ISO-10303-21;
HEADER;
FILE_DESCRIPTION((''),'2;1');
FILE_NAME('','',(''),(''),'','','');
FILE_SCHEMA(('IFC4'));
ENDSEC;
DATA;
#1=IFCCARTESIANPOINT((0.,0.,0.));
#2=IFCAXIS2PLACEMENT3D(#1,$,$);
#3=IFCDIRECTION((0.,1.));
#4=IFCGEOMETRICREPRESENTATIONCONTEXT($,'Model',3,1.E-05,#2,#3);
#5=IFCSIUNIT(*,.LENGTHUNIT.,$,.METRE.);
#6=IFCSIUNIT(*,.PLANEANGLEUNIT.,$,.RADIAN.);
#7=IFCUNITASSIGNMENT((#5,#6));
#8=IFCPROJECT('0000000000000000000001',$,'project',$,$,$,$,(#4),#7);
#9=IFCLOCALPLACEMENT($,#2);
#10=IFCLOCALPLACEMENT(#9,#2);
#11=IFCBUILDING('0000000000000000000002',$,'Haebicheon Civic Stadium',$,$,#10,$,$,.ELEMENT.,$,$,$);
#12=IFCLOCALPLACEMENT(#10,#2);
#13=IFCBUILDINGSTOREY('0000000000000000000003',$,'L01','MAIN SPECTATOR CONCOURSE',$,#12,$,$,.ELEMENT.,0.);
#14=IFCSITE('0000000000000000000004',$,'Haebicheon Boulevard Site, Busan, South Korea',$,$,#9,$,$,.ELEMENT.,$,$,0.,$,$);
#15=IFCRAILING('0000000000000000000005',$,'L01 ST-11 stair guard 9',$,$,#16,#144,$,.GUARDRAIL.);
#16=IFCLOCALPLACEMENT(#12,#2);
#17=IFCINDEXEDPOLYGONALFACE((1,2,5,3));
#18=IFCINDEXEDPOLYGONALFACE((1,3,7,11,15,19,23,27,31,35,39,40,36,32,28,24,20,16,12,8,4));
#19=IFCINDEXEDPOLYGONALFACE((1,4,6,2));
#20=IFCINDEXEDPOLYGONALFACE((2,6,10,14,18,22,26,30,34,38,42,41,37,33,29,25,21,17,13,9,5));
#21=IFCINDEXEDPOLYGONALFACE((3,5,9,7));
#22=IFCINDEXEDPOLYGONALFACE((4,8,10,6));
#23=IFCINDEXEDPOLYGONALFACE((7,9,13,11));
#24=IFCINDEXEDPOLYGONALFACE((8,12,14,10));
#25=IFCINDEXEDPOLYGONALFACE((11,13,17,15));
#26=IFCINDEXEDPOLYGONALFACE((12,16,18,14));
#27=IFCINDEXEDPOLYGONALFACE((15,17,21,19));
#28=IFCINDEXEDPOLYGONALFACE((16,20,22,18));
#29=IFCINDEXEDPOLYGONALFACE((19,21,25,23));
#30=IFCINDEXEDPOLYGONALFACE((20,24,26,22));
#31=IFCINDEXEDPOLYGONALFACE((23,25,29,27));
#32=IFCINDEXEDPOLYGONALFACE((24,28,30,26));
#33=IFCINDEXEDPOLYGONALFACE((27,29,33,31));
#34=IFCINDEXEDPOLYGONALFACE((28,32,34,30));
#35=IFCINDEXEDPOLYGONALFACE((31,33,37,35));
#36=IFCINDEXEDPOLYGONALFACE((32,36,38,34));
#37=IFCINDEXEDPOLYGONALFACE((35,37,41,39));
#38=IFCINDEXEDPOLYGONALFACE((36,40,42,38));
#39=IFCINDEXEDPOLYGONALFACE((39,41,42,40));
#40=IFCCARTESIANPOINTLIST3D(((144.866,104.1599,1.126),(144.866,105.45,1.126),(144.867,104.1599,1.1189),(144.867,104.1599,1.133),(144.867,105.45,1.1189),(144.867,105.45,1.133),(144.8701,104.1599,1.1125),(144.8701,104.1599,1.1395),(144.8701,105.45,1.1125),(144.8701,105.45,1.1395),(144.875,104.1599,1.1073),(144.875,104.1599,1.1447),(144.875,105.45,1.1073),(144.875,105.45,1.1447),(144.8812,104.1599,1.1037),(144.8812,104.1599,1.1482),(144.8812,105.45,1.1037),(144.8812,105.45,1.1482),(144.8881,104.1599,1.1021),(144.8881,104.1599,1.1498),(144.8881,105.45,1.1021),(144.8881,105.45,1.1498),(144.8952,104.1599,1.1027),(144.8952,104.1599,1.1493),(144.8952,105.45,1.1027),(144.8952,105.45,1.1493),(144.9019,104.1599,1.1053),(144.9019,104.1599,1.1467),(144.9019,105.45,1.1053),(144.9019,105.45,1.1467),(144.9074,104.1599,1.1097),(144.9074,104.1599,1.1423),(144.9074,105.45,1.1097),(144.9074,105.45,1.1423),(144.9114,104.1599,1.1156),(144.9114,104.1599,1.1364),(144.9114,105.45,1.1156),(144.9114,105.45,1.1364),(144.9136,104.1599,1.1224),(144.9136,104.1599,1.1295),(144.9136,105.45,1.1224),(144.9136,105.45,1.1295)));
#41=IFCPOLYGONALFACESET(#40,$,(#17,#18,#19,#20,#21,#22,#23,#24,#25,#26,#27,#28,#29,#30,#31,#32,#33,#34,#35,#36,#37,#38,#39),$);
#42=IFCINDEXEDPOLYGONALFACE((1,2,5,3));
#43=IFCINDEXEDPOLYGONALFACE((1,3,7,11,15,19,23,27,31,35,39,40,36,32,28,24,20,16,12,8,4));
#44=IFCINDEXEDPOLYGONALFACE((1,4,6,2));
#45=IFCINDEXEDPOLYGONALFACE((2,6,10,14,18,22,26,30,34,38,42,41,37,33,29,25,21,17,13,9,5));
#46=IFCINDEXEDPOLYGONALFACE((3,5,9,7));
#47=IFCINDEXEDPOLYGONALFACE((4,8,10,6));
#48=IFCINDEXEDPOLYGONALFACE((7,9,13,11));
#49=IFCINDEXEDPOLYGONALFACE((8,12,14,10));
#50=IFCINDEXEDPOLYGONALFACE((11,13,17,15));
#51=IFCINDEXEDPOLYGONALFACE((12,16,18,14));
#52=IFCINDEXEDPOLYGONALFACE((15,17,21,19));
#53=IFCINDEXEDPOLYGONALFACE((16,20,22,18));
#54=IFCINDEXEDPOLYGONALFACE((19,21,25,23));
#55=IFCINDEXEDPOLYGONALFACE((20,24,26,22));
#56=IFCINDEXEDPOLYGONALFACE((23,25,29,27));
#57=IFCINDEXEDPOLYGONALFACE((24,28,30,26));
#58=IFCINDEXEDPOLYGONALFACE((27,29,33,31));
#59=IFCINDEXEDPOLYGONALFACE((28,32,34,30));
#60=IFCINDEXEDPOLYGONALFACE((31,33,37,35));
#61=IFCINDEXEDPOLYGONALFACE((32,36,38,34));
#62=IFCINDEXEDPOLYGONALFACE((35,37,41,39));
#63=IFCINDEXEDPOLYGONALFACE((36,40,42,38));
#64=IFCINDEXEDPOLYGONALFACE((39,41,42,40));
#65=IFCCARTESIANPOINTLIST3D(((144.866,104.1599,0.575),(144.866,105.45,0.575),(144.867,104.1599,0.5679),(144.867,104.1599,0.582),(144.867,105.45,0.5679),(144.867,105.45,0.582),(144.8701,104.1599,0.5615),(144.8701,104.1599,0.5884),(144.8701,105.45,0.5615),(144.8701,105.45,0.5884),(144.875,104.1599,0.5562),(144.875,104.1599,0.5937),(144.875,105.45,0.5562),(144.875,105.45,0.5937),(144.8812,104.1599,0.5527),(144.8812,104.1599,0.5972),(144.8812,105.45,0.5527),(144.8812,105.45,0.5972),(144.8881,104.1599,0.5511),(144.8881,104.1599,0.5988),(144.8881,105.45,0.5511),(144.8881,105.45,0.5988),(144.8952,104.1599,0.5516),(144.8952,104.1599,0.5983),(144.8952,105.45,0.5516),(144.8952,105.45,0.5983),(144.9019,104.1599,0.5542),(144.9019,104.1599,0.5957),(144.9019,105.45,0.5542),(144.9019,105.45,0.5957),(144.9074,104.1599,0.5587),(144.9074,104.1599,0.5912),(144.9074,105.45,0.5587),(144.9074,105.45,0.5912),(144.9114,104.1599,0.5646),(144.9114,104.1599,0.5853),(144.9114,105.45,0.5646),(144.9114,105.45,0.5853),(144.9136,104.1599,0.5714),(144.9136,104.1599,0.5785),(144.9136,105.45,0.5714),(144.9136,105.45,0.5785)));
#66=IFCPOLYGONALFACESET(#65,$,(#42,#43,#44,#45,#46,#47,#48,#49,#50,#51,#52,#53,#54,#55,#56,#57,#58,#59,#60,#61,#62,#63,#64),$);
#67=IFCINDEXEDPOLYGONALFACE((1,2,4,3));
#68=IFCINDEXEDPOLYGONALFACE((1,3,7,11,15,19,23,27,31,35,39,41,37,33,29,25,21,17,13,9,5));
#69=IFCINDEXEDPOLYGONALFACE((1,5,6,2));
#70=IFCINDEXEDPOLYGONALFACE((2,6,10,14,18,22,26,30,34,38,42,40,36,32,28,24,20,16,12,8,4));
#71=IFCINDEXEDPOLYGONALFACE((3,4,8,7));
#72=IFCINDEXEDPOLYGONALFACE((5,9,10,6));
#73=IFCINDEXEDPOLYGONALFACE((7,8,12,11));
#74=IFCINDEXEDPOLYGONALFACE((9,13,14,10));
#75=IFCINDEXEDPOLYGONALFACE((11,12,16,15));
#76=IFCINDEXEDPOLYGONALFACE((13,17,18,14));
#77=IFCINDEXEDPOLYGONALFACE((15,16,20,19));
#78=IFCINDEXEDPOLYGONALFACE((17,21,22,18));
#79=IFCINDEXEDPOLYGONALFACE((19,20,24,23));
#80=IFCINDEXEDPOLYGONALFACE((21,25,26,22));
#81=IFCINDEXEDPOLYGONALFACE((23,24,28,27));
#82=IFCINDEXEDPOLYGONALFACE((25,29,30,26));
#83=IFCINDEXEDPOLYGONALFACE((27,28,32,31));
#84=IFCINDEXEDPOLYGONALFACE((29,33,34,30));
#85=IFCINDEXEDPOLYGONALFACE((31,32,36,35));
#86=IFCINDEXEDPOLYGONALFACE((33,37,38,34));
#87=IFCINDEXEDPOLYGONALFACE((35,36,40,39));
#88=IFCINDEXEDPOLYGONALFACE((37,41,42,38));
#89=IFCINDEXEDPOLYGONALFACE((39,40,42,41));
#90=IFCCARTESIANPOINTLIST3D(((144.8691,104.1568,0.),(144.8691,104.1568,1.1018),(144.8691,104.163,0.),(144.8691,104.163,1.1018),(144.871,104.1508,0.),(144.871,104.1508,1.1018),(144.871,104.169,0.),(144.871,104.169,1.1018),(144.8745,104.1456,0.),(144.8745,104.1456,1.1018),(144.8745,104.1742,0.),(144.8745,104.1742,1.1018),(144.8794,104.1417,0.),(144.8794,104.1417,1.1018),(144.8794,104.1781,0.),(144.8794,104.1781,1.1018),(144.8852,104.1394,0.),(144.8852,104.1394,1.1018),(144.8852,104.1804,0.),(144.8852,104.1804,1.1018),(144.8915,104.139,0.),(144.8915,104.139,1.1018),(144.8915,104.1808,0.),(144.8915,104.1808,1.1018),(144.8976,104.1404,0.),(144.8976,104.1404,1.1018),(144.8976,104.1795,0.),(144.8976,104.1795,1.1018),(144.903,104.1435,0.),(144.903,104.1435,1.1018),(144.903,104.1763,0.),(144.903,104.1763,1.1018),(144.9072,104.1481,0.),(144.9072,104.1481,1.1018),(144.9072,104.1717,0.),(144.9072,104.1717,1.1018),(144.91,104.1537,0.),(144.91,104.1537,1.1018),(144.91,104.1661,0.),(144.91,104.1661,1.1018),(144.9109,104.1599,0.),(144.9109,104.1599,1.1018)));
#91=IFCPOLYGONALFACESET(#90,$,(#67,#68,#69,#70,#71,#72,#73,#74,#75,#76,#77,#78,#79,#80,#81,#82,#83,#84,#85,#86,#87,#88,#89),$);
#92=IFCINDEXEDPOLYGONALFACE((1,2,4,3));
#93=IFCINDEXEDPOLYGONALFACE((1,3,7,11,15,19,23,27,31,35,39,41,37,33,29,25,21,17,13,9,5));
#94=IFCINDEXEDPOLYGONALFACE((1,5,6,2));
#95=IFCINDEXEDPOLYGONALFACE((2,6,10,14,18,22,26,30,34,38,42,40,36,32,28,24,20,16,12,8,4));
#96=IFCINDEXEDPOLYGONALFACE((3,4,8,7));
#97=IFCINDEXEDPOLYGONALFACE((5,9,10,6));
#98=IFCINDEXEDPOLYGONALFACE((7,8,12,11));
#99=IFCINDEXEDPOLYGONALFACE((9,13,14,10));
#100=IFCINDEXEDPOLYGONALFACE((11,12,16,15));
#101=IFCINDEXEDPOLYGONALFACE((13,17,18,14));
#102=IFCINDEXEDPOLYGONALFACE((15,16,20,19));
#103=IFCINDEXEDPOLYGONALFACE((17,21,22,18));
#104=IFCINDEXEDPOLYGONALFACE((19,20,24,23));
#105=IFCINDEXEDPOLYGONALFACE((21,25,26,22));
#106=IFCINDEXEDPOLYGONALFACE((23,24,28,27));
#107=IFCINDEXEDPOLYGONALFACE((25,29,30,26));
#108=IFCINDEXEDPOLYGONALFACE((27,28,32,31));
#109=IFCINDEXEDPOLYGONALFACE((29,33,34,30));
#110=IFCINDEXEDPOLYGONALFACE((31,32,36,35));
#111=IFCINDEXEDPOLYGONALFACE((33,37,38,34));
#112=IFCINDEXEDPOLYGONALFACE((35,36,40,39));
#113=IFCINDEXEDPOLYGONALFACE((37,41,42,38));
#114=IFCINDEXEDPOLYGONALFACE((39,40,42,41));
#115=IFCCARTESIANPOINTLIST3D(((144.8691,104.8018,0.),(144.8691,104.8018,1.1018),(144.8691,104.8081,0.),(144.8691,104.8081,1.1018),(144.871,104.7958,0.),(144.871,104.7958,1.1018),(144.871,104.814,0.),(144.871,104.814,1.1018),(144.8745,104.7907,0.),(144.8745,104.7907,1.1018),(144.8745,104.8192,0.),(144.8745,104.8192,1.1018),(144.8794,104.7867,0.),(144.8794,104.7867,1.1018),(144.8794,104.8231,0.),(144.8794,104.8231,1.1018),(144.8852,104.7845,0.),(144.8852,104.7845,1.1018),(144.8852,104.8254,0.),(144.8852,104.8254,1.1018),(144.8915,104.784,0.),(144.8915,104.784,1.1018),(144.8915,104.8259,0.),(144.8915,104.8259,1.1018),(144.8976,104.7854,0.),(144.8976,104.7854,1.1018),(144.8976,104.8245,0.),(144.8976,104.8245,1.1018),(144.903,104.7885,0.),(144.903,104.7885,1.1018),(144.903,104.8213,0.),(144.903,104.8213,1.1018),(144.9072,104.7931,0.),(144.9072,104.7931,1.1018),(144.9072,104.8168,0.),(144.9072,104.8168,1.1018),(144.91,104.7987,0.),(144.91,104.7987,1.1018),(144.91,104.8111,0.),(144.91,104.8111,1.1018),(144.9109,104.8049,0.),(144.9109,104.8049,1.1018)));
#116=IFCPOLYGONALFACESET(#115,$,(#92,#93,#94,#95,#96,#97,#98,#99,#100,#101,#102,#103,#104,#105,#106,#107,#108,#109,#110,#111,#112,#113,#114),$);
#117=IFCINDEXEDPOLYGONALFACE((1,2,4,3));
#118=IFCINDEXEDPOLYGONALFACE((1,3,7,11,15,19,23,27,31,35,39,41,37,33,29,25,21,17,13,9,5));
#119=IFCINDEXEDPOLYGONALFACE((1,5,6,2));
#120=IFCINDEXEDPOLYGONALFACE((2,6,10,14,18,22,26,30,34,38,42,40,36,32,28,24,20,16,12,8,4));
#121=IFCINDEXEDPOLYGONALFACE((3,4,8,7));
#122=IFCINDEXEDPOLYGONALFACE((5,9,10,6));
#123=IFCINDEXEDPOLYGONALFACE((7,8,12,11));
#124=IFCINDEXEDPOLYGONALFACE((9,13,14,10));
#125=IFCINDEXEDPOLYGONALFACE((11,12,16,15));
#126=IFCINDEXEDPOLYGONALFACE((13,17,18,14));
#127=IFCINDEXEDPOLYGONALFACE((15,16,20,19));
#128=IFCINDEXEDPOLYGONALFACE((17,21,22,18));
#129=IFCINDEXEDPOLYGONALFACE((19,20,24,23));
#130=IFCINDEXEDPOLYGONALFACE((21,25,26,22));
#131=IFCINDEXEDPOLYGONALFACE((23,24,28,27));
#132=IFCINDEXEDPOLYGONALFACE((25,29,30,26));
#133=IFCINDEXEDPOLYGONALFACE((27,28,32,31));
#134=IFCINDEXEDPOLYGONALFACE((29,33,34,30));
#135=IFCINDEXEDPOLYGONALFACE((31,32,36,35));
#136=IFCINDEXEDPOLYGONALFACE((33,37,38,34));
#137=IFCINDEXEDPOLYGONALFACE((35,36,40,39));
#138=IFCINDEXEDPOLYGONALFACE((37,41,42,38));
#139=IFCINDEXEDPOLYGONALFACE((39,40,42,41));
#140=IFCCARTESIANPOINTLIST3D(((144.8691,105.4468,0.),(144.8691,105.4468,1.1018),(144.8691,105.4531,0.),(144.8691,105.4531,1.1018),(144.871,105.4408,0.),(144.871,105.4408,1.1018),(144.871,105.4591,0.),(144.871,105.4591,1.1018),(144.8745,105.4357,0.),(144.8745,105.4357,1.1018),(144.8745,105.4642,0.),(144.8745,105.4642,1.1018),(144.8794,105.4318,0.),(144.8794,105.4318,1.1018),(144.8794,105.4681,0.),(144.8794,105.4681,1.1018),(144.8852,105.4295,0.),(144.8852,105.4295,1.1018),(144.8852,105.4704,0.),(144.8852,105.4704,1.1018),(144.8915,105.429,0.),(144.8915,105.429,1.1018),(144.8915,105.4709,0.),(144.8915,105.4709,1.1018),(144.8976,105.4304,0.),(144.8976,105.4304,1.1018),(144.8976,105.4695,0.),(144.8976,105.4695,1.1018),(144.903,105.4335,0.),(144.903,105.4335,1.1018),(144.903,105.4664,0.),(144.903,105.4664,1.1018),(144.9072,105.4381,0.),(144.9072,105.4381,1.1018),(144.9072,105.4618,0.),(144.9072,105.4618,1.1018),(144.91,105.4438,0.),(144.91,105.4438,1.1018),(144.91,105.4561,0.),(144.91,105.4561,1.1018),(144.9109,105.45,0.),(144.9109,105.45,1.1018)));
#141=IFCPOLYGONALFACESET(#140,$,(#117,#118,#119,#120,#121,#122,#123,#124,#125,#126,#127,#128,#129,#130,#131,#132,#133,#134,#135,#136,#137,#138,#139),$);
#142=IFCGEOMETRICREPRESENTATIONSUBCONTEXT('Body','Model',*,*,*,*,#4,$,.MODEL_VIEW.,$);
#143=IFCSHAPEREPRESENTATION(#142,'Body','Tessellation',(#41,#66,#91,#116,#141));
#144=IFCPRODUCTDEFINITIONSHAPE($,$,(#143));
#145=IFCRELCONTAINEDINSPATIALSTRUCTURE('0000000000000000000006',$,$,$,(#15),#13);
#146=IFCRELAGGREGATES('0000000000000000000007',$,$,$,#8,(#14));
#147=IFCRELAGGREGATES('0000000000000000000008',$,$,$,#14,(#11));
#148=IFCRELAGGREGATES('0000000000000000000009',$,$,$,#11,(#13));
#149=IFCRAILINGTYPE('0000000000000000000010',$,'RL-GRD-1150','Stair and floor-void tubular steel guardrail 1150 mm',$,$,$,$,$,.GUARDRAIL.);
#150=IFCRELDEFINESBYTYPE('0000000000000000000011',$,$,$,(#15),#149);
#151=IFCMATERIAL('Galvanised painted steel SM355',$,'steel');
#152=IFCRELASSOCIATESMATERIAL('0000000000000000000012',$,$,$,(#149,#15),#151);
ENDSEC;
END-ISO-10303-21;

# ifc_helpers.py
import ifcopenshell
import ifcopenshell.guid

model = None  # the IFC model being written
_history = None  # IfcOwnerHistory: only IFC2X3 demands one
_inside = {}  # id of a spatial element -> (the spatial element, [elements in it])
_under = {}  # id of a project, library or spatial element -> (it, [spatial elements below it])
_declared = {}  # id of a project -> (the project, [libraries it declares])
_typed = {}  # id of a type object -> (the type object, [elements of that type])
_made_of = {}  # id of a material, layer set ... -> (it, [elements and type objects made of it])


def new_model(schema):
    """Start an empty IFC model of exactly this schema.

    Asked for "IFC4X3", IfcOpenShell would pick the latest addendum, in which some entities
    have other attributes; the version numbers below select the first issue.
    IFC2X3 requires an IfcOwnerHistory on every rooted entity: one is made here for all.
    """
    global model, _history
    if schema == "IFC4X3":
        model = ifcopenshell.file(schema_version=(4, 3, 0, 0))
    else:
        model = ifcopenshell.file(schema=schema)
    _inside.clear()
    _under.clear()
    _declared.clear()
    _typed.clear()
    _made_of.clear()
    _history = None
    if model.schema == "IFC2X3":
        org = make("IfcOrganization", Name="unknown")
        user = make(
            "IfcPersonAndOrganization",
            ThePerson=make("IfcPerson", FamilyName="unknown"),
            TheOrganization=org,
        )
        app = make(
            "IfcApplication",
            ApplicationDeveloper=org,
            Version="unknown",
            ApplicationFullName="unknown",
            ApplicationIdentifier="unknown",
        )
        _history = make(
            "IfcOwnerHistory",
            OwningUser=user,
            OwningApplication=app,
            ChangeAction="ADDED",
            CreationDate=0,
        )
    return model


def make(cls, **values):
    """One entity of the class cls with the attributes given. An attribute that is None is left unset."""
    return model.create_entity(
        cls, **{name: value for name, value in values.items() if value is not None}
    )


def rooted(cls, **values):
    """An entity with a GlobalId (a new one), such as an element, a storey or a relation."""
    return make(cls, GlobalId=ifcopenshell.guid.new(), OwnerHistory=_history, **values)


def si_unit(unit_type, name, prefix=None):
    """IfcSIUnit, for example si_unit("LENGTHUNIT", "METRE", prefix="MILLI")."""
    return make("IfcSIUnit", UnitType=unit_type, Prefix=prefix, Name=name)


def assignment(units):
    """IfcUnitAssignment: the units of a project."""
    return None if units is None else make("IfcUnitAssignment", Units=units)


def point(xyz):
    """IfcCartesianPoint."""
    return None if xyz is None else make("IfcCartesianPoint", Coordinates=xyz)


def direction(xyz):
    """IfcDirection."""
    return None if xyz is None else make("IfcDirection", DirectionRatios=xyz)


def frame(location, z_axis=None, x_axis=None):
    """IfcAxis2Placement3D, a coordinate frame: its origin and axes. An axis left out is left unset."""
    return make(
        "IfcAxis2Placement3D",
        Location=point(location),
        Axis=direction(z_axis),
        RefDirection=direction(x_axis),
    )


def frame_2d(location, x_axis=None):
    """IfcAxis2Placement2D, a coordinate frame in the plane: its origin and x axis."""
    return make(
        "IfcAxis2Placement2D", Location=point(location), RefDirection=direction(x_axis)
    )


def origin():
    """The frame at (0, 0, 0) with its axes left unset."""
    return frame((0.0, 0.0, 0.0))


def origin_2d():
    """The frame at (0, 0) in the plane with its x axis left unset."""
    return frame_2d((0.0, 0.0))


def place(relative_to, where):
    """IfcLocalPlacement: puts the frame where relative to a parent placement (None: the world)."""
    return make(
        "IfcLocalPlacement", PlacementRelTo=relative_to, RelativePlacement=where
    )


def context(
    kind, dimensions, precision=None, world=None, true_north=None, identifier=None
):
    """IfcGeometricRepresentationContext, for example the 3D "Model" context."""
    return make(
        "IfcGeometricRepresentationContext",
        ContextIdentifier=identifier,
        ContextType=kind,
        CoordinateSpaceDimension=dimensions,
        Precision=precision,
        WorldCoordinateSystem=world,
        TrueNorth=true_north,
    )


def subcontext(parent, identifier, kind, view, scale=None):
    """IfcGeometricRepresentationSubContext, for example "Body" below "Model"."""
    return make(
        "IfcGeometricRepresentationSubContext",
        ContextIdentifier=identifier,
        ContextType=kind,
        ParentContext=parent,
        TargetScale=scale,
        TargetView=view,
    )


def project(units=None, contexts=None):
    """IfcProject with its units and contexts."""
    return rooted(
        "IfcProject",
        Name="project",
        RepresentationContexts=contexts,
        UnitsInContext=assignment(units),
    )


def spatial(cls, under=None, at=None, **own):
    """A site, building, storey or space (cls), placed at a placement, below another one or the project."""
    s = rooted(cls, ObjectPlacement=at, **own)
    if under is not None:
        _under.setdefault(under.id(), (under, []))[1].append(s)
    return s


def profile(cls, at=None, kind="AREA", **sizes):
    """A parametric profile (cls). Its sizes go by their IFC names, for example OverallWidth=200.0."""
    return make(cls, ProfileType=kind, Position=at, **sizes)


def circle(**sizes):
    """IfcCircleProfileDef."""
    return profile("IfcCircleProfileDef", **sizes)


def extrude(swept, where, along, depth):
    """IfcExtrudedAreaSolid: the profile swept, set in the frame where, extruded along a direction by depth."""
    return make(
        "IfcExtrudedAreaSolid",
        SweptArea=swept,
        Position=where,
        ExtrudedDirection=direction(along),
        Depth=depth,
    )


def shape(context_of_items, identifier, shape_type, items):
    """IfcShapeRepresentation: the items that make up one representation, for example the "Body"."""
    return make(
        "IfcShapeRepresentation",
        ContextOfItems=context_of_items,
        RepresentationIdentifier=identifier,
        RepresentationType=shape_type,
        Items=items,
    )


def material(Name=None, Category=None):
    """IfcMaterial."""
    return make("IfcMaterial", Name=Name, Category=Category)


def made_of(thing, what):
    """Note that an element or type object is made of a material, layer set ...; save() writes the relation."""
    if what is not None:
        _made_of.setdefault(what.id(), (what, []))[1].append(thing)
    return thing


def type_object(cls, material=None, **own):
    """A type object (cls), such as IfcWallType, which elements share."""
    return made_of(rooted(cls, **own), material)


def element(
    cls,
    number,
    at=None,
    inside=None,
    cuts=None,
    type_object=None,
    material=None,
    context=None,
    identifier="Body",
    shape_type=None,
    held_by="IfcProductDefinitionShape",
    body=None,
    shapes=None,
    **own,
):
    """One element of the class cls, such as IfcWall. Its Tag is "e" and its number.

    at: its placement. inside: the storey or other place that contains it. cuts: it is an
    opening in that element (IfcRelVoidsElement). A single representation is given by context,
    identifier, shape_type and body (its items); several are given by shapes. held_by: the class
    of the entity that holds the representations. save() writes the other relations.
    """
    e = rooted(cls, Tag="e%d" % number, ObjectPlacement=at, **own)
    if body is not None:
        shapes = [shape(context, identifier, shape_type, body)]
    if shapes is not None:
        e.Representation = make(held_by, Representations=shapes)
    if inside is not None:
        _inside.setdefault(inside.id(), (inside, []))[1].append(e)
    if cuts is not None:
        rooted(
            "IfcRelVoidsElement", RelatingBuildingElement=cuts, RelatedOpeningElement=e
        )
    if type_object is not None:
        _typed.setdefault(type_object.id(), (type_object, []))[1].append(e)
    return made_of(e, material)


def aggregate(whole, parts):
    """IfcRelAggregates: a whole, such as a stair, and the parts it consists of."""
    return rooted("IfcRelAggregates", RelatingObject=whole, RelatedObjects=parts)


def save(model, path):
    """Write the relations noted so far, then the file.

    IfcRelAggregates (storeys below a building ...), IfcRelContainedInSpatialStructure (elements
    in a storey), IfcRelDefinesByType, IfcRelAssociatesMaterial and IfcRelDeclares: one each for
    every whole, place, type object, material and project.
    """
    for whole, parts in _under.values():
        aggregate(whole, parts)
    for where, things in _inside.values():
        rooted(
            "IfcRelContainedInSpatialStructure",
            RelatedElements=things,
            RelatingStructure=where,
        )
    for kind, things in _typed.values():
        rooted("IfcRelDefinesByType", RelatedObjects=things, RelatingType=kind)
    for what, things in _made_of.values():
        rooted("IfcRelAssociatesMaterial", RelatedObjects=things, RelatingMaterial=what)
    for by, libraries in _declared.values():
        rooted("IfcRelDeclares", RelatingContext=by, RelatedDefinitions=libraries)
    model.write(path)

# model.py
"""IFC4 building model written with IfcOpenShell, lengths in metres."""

from ifc_helpers import new_model, si_unit, direction, frame, origin, origin_2d, place, context, subcontext, project, spatial, circle, extrude, material, type_object, element, save


model = new_model("IFC4")

# Units and contexts
model_context = context("Model", 3, precision=1e-05, world=origin(), true_north=direction((0.0, 1.0)))
body_context = subcontext(model_context, "Body", "Model", "MODEL_VIEW")
ifc_project = project(units=[si_unit("LENGTHUNIT", "METRE"), si_unit("PLANEANGLEUNIT", "RADIAN")], contexts=[model_context])

# Site, building, storey
site_placement = place(None, origin())
site = spatial("IfcSite", under=ifc_project, at=site_placement, Name="Haebicheon Boulevard Site, Busan, South Korea", CompositionType="ELEMENT", RefElevation=0.0)
building_placement = place(site_placement, origin())
building = spatial("IfcBuilding", under=site, at=building_placement, Name="Haebicheon Civic Stadium", CompositionType="ELEMENT")
storey_placement = place(building_placement, origin())
storey = spatial("IfcBuildingStorey", under=building, at=storey_placement, Name="L01", Description="MAIN SPECTATOR CONCOURSE", CompositionType="ELEMENT", Elevation=0.0)

# Railing
ifc_material_1 = material(Name="Galvanised painted steel SM355", Category="steel")
railing_type_1 = type_object("IfcRailingType", Name="RL-GRD-1150", Description="Stair and floor-void tubular steel guardrail 1150 mm", PredefinedType="GUARDRAIL", material=ifc_material_1)
for number, where, name in (
    (1, (144.8899, 104.1599, 0.0), "L01 ST-11 stair guard 9"),
):
    element("IfcRailing", number, at=place(storey_placement, frame(where)), inside=storey, type_object=railing_type_1, material=ifc_material_1, Name=name, PredefinedType="GUARDRAIL", context=body_context, shape_type="SweptSolid", body=[
        extrude(circle(Radius=0.0239, at=origin_2d()), frame((0.0, 0.0, 1.126), z_axis=(0.0, 1.0, 0.0), x_axis=(-1.0, 0.0, 0.0)), (0.0, 0.0, 1.0), 1.29),
        extrude(circle(Radius=0.0239, at=origin_2d()), frame((0.0, 0.0, 0.575), z_axis=(0.0, 1.0, 0.0), x_axis=(-1.0, 0.0, 0.0)), (0.0, 0.0, 1.0), 1.29),
        extrude(circle(Radius=0.021, at=origin_2d()), origin(), (0.0, 0.0, 1.0), 1.1018),
        extrude(circle(Radius=0.021, at=origin_2d()), frame((0.0, 0.645, 0.0)), (0.0, 0.0, 1.0), 1.1018),
        extrude(circle(Radius=0.021, at=origin_2d()), frame((0.0, 1.29, 0.0)), (0.0, 0.0, 1.0), 1.1018),
    ])

save(model, "model.ifc")
